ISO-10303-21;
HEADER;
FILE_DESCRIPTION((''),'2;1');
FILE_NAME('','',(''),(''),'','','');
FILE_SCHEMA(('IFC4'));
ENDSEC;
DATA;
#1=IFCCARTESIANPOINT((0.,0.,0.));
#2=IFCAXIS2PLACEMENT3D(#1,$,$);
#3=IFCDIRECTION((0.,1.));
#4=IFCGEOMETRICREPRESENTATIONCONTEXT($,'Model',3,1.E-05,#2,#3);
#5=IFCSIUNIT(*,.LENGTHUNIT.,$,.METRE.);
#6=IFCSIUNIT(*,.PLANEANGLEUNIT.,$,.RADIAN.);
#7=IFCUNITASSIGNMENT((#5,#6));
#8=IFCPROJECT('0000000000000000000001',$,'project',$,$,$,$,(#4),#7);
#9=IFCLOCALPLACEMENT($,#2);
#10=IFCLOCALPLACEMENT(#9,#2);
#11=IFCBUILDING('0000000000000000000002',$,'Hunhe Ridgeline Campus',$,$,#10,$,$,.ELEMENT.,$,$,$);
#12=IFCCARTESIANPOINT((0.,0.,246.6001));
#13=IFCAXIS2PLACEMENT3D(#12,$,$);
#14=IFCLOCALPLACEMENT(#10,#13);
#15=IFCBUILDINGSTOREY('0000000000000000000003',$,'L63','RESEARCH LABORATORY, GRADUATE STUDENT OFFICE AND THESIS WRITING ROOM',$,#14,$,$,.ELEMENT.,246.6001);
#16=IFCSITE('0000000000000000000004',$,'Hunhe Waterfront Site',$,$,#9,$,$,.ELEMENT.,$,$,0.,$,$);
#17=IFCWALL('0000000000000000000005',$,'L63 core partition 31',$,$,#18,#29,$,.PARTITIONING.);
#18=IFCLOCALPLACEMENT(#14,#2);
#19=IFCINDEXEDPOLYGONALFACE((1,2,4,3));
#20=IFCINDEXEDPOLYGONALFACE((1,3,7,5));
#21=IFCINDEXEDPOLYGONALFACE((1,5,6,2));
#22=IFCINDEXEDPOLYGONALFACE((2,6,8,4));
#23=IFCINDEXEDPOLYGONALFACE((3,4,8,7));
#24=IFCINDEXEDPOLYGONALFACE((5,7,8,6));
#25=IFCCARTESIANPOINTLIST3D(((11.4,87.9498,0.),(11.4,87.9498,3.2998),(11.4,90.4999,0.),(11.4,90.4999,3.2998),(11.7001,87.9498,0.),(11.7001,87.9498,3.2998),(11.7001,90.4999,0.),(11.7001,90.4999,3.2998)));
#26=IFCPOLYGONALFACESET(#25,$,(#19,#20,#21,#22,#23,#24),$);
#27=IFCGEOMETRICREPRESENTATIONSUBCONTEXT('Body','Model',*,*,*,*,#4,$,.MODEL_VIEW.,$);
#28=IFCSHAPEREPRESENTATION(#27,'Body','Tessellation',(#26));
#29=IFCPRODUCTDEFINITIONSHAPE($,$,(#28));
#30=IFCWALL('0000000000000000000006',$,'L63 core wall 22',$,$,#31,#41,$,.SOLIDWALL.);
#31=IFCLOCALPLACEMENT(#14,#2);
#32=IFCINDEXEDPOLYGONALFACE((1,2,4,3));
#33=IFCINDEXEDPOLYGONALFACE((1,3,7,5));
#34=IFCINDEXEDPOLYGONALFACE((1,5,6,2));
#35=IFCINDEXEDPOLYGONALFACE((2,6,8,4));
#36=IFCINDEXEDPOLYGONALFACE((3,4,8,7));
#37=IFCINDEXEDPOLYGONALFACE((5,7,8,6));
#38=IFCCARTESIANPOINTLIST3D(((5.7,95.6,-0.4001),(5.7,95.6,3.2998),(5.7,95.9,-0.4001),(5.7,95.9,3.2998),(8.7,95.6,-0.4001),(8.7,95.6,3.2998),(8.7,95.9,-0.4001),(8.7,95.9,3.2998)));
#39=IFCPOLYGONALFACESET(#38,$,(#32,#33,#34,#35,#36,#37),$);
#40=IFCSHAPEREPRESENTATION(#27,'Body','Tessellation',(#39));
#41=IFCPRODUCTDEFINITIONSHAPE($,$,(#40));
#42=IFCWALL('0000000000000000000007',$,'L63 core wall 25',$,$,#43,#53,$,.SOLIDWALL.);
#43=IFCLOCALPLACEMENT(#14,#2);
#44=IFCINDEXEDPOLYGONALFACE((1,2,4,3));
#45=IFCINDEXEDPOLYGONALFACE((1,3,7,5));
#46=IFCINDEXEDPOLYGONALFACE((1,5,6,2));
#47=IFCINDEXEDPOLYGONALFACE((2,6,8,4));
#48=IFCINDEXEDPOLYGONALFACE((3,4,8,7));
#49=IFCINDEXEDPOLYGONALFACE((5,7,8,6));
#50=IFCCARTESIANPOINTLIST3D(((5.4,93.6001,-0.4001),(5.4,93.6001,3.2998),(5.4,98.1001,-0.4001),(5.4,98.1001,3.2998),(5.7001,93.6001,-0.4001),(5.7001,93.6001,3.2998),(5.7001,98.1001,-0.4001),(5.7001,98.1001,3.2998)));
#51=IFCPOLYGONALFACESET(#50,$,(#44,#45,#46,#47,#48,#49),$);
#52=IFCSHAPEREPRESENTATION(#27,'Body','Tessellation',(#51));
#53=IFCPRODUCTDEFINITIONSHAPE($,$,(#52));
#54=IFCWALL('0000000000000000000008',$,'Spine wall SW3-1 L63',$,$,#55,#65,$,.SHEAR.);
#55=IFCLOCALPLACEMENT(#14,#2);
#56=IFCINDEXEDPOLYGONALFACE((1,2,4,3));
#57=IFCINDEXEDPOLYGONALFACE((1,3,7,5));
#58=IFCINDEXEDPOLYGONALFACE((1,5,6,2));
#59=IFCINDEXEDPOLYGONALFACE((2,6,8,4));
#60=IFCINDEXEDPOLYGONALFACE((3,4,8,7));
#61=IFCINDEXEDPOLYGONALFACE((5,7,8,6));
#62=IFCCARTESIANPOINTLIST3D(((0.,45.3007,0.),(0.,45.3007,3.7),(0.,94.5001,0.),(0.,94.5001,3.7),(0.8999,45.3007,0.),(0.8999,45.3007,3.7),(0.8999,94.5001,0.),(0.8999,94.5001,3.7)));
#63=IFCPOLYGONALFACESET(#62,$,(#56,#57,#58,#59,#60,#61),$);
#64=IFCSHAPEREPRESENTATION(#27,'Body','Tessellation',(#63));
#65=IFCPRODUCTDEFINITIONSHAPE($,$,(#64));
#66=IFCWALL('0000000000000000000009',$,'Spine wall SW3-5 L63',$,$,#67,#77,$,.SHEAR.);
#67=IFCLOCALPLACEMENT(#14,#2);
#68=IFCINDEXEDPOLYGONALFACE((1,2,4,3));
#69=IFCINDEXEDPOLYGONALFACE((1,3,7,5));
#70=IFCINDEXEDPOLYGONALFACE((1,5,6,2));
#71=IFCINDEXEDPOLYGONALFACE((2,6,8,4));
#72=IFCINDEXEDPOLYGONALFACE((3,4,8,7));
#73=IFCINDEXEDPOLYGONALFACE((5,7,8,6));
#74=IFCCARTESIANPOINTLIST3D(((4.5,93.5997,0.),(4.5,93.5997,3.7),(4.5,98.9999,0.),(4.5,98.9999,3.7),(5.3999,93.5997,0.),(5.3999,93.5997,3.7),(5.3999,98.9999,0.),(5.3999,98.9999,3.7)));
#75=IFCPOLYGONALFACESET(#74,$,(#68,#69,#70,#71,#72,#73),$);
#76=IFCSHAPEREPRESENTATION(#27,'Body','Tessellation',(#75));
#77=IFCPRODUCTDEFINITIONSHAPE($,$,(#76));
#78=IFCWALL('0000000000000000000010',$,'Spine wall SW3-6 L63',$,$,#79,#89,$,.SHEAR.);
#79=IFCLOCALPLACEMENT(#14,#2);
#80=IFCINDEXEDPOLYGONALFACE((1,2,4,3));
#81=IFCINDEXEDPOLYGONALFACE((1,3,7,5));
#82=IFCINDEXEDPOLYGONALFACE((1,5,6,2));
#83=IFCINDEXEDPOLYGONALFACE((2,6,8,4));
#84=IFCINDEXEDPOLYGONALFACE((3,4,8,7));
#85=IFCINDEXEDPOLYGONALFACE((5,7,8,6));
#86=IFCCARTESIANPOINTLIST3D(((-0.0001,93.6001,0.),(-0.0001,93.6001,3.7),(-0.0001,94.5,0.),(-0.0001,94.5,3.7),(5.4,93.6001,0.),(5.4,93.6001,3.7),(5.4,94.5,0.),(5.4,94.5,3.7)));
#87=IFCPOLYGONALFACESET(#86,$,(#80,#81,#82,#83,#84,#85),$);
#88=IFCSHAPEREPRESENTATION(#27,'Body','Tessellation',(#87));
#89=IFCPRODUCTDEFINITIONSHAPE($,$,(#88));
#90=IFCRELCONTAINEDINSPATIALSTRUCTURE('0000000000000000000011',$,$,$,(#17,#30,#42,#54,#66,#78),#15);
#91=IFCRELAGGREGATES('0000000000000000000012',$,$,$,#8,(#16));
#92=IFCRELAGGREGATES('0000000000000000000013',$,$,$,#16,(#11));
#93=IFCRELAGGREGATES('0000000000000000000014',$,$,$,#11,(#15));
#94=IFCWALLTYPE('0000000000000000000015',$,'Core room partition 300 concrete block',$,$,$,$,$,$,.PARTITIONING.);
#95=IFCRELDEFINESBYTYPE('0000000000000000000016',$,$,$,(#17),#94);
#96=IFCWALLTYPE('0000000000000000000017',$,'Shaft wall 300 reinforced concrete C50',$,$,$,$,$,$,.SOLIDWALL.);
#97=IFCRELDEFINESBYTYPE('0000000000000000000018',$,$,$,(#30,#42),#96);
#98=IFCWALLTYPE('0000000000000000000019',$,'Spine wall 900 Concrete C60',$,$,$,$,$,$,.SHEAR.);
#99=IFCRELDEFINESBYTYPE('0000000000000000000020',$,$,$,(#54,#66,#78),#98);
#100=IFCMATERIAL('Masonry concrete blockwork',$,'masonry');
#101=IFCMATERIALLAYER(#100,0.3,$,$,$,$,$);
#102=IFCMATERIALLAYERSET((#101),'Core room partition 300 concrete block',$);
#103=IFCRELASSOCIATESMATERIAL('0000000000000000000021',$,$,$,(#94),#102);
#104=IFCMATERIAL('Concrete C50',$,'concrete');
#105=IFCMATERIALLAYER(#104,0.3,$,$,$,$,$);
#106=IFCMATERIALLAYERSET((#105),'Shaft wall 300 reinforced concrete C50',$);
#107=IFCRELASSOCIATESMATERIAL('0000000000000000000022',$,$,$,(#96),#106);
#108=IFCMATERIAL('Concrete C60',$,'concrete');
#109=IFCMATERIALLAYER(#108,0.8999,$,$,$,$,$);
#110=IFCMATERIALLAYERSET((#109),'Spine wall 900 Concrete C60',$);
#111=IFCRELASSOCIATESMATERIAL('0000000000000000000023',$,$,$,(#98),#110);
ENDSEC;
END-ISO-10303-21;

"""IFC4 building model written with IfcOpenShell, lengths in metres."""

from ifc_helpers import new_model, si_unit, direction, frame, frame_2d, origin, place, context, subcontext, project, spatial, rectangle, extrude, material, layer, layer_set, type_object, element, save


model = new_model("IFC4")

# Units and contexts
model_context = context("Model", 3, precision=1e-05, world=origin(), true_north=direction((0.0, 1.0)))
body_context = subcontext(model_context, "Body", "Model", "MODEL_VIEW")
ifc_project = project(units=[si_unit("LENGTHUNIT", "METRE"), si_unit("PLANEANGLEUNIT", "RADIAN")], contexts=[model_context])

# Site, building, storey
site_placement = place(None, origin())
site = spatial("IfcSite", under=ifc_project, at=site_placement, Name="Hunhe Waterfront Site", CompositionType="ELEMENT", RefElevation=0.0)
building_placement = place(site_placement, origin())
building = spatial("IfcBuilding", under=site, at=building_placement, Name="Hunhe Ridgeline Campus", CompositionType="ELEMENT")
storey_placement = place(building_placement, frame((0.0, 0.0, 246.6001)))
storey = spatial("IfcBuildingStorey", under=building, at=storey_placement, Name="L63", Description="RESEARCH LABORATORY, GRADUATE STUDENT OFFICE AND THESIS WRITING ROOM", CompositionType="ELEMENT", Elevation=246.6001)

# Wall
ifc_material_1 = material(Name="Masonry concrete blockwork", Category="masonry")
ifc_layer_1 = layer(ifc_material_1, 0.3)
ifc_layer_set_1 = layer_set([ifc_layer_1], Name="Core room partition 300 concrete block")
wall_type_1 = type_object("IfcWallType", Name="Core room partition 300 concrete block", PredefinedType="PARTITIONING", material=ifc_layer_set_1)
wall_1_placement = place(storey_placement, frame((11.55, 87.95, 0.0), z_axis=(0.0, 0.0, 1.0), x_axis=(0.0, 1.0, 0.0)))
element("IfcWall", 1, at=wall_1_placement, inside=storey, type_object=wall_type_1, Name="L63 core partition 31", PredefinedType="PARTITIONING", context=body_context, shape_type="SweptSolid", body=[
    extrude(rectangle(XDim=2.55, YDim=0.3, at=frame_2d((1.2749, 0.0))), origin(), (0.0, 0.0, 1.0), 3.2998),
])

# Shared definitions
ifc_material_2 = material(Name="Concrete C50", Category="concrete")
ifc_layer_2 = layer(ifc_material_2, 0.3)
ifc_layer_set_2 = layer_set([ifc_layer_2], Name="Shaft wall 300 reinforced concrete C50")
wall_type_2 = type_object("IfcWallType", Name="Shaft wall 300 reinforced concrete C50", PredefinedType="SOLIDWALL", material=ifc_layer_set_2)

# Walls
wall_2_placement = place(storey_placement, frame((5.7, 95.75, -0.4001), z_axis=(0.0, 0.0, 1.0), x_axis=(1.0, 0.0, 0.0)))
element("IfcWall", 2, at=wall_2_placement, inside=storey, type_object=wall_type_2, Name="L63 core wall 22", PredefinedType="SOLIDWALL", context=body_context, shape_type="SweptSolid", body=[
    extrude(rectangle(XDim=3.0, YDim=0.3, at=frame_2d((1.5, 0.0))), origin(), (0.0, 0.0, 1.0), 3.7),
])
wall_3_placement = place(storey_placement, frame((5.55, 93.6001, -0.4001), z_axis=(0.0, 0.0, 1.0), x_axis=(0.0, 1.0, 0.0)))
element("IfcWall", 3, at=wall_3_placement, inside=storey, type_object=wall_type_2, Name="L63 core wall 25", PredefinedType="SOLIDWALL", context=body_context, shape_type="SweptSolid", body=[
    extrude(rectangle(XDim=4.5, YDim=0.3, at=frame_2d((2.25, 0.0))), origin(), (0.0, 0.0, 1.0), 3.7),
])

# Walls
ifc_material_3 = material(Name="Concrete C60", Category="concrete")
ifc_layer_3 = layer(ifc_material_3, 0.8999)
ifc_layer_set_3 = layer_set([ifc_layer_3], Name="Spine wall 900 Concrete C60")
wall_type_3 = type_object("IfcWallType", Name="Spine wall 900 Concrete C60", PredefinedType="SHEAR", material=ifc_layer_set_3)
wall_4_placement = place(storey_placement, frame((0.45, 94.5, 0.0), z_axis=(0.0, 0.0, 1.0), x_axis=(0.0, -1.0, 0.0)))
element("IfcWall", 4, at=wall_4_placement, inside=storey, type_object=wall_type_3, Name="Spine wall SW3-1 L63", PredefinedType="SHEAR", context=body_context, shape_type="SweptSolid", body=[
    extrude(rectangle(XDim=49.1995, YDim=0.8999, at=frame_2d((24.5996, 0.0))), origin(), (0.0, 0.0, 1.0), 3.7),
])
for number, where, z_axis, x_axis, name in (
    (5, (4.95, 99.0, 0.0), (0.0, 0.0, 1.0), (0.0, -1.0, 0.0), "Spine wall SW3-5 L63"),
    (6, (5.4001, 94.05, 0.0), (0.0, 0.0, 1.0), (-1.0, 0.0, 0.0), "Spine wall SW3-6 L63"),
):
    element("IfcWall", number, at=place(storey_placement, frame(where, z_axis=z_axis, x_axis=x_axis)), inside=storey, type_object=wall_type_3, Name=name, PredefinedType="SHEAR", context=body_context, shape_type="SweptSolid", body=[
        extrude(rectangle(XDim=5.4001, YDim=0.8999, at=frame_2d((2.7002, 0.0))), origin(), (0.0, 0.0, 1.0), 3.7),
    ])

save(model, "model.ifc")
